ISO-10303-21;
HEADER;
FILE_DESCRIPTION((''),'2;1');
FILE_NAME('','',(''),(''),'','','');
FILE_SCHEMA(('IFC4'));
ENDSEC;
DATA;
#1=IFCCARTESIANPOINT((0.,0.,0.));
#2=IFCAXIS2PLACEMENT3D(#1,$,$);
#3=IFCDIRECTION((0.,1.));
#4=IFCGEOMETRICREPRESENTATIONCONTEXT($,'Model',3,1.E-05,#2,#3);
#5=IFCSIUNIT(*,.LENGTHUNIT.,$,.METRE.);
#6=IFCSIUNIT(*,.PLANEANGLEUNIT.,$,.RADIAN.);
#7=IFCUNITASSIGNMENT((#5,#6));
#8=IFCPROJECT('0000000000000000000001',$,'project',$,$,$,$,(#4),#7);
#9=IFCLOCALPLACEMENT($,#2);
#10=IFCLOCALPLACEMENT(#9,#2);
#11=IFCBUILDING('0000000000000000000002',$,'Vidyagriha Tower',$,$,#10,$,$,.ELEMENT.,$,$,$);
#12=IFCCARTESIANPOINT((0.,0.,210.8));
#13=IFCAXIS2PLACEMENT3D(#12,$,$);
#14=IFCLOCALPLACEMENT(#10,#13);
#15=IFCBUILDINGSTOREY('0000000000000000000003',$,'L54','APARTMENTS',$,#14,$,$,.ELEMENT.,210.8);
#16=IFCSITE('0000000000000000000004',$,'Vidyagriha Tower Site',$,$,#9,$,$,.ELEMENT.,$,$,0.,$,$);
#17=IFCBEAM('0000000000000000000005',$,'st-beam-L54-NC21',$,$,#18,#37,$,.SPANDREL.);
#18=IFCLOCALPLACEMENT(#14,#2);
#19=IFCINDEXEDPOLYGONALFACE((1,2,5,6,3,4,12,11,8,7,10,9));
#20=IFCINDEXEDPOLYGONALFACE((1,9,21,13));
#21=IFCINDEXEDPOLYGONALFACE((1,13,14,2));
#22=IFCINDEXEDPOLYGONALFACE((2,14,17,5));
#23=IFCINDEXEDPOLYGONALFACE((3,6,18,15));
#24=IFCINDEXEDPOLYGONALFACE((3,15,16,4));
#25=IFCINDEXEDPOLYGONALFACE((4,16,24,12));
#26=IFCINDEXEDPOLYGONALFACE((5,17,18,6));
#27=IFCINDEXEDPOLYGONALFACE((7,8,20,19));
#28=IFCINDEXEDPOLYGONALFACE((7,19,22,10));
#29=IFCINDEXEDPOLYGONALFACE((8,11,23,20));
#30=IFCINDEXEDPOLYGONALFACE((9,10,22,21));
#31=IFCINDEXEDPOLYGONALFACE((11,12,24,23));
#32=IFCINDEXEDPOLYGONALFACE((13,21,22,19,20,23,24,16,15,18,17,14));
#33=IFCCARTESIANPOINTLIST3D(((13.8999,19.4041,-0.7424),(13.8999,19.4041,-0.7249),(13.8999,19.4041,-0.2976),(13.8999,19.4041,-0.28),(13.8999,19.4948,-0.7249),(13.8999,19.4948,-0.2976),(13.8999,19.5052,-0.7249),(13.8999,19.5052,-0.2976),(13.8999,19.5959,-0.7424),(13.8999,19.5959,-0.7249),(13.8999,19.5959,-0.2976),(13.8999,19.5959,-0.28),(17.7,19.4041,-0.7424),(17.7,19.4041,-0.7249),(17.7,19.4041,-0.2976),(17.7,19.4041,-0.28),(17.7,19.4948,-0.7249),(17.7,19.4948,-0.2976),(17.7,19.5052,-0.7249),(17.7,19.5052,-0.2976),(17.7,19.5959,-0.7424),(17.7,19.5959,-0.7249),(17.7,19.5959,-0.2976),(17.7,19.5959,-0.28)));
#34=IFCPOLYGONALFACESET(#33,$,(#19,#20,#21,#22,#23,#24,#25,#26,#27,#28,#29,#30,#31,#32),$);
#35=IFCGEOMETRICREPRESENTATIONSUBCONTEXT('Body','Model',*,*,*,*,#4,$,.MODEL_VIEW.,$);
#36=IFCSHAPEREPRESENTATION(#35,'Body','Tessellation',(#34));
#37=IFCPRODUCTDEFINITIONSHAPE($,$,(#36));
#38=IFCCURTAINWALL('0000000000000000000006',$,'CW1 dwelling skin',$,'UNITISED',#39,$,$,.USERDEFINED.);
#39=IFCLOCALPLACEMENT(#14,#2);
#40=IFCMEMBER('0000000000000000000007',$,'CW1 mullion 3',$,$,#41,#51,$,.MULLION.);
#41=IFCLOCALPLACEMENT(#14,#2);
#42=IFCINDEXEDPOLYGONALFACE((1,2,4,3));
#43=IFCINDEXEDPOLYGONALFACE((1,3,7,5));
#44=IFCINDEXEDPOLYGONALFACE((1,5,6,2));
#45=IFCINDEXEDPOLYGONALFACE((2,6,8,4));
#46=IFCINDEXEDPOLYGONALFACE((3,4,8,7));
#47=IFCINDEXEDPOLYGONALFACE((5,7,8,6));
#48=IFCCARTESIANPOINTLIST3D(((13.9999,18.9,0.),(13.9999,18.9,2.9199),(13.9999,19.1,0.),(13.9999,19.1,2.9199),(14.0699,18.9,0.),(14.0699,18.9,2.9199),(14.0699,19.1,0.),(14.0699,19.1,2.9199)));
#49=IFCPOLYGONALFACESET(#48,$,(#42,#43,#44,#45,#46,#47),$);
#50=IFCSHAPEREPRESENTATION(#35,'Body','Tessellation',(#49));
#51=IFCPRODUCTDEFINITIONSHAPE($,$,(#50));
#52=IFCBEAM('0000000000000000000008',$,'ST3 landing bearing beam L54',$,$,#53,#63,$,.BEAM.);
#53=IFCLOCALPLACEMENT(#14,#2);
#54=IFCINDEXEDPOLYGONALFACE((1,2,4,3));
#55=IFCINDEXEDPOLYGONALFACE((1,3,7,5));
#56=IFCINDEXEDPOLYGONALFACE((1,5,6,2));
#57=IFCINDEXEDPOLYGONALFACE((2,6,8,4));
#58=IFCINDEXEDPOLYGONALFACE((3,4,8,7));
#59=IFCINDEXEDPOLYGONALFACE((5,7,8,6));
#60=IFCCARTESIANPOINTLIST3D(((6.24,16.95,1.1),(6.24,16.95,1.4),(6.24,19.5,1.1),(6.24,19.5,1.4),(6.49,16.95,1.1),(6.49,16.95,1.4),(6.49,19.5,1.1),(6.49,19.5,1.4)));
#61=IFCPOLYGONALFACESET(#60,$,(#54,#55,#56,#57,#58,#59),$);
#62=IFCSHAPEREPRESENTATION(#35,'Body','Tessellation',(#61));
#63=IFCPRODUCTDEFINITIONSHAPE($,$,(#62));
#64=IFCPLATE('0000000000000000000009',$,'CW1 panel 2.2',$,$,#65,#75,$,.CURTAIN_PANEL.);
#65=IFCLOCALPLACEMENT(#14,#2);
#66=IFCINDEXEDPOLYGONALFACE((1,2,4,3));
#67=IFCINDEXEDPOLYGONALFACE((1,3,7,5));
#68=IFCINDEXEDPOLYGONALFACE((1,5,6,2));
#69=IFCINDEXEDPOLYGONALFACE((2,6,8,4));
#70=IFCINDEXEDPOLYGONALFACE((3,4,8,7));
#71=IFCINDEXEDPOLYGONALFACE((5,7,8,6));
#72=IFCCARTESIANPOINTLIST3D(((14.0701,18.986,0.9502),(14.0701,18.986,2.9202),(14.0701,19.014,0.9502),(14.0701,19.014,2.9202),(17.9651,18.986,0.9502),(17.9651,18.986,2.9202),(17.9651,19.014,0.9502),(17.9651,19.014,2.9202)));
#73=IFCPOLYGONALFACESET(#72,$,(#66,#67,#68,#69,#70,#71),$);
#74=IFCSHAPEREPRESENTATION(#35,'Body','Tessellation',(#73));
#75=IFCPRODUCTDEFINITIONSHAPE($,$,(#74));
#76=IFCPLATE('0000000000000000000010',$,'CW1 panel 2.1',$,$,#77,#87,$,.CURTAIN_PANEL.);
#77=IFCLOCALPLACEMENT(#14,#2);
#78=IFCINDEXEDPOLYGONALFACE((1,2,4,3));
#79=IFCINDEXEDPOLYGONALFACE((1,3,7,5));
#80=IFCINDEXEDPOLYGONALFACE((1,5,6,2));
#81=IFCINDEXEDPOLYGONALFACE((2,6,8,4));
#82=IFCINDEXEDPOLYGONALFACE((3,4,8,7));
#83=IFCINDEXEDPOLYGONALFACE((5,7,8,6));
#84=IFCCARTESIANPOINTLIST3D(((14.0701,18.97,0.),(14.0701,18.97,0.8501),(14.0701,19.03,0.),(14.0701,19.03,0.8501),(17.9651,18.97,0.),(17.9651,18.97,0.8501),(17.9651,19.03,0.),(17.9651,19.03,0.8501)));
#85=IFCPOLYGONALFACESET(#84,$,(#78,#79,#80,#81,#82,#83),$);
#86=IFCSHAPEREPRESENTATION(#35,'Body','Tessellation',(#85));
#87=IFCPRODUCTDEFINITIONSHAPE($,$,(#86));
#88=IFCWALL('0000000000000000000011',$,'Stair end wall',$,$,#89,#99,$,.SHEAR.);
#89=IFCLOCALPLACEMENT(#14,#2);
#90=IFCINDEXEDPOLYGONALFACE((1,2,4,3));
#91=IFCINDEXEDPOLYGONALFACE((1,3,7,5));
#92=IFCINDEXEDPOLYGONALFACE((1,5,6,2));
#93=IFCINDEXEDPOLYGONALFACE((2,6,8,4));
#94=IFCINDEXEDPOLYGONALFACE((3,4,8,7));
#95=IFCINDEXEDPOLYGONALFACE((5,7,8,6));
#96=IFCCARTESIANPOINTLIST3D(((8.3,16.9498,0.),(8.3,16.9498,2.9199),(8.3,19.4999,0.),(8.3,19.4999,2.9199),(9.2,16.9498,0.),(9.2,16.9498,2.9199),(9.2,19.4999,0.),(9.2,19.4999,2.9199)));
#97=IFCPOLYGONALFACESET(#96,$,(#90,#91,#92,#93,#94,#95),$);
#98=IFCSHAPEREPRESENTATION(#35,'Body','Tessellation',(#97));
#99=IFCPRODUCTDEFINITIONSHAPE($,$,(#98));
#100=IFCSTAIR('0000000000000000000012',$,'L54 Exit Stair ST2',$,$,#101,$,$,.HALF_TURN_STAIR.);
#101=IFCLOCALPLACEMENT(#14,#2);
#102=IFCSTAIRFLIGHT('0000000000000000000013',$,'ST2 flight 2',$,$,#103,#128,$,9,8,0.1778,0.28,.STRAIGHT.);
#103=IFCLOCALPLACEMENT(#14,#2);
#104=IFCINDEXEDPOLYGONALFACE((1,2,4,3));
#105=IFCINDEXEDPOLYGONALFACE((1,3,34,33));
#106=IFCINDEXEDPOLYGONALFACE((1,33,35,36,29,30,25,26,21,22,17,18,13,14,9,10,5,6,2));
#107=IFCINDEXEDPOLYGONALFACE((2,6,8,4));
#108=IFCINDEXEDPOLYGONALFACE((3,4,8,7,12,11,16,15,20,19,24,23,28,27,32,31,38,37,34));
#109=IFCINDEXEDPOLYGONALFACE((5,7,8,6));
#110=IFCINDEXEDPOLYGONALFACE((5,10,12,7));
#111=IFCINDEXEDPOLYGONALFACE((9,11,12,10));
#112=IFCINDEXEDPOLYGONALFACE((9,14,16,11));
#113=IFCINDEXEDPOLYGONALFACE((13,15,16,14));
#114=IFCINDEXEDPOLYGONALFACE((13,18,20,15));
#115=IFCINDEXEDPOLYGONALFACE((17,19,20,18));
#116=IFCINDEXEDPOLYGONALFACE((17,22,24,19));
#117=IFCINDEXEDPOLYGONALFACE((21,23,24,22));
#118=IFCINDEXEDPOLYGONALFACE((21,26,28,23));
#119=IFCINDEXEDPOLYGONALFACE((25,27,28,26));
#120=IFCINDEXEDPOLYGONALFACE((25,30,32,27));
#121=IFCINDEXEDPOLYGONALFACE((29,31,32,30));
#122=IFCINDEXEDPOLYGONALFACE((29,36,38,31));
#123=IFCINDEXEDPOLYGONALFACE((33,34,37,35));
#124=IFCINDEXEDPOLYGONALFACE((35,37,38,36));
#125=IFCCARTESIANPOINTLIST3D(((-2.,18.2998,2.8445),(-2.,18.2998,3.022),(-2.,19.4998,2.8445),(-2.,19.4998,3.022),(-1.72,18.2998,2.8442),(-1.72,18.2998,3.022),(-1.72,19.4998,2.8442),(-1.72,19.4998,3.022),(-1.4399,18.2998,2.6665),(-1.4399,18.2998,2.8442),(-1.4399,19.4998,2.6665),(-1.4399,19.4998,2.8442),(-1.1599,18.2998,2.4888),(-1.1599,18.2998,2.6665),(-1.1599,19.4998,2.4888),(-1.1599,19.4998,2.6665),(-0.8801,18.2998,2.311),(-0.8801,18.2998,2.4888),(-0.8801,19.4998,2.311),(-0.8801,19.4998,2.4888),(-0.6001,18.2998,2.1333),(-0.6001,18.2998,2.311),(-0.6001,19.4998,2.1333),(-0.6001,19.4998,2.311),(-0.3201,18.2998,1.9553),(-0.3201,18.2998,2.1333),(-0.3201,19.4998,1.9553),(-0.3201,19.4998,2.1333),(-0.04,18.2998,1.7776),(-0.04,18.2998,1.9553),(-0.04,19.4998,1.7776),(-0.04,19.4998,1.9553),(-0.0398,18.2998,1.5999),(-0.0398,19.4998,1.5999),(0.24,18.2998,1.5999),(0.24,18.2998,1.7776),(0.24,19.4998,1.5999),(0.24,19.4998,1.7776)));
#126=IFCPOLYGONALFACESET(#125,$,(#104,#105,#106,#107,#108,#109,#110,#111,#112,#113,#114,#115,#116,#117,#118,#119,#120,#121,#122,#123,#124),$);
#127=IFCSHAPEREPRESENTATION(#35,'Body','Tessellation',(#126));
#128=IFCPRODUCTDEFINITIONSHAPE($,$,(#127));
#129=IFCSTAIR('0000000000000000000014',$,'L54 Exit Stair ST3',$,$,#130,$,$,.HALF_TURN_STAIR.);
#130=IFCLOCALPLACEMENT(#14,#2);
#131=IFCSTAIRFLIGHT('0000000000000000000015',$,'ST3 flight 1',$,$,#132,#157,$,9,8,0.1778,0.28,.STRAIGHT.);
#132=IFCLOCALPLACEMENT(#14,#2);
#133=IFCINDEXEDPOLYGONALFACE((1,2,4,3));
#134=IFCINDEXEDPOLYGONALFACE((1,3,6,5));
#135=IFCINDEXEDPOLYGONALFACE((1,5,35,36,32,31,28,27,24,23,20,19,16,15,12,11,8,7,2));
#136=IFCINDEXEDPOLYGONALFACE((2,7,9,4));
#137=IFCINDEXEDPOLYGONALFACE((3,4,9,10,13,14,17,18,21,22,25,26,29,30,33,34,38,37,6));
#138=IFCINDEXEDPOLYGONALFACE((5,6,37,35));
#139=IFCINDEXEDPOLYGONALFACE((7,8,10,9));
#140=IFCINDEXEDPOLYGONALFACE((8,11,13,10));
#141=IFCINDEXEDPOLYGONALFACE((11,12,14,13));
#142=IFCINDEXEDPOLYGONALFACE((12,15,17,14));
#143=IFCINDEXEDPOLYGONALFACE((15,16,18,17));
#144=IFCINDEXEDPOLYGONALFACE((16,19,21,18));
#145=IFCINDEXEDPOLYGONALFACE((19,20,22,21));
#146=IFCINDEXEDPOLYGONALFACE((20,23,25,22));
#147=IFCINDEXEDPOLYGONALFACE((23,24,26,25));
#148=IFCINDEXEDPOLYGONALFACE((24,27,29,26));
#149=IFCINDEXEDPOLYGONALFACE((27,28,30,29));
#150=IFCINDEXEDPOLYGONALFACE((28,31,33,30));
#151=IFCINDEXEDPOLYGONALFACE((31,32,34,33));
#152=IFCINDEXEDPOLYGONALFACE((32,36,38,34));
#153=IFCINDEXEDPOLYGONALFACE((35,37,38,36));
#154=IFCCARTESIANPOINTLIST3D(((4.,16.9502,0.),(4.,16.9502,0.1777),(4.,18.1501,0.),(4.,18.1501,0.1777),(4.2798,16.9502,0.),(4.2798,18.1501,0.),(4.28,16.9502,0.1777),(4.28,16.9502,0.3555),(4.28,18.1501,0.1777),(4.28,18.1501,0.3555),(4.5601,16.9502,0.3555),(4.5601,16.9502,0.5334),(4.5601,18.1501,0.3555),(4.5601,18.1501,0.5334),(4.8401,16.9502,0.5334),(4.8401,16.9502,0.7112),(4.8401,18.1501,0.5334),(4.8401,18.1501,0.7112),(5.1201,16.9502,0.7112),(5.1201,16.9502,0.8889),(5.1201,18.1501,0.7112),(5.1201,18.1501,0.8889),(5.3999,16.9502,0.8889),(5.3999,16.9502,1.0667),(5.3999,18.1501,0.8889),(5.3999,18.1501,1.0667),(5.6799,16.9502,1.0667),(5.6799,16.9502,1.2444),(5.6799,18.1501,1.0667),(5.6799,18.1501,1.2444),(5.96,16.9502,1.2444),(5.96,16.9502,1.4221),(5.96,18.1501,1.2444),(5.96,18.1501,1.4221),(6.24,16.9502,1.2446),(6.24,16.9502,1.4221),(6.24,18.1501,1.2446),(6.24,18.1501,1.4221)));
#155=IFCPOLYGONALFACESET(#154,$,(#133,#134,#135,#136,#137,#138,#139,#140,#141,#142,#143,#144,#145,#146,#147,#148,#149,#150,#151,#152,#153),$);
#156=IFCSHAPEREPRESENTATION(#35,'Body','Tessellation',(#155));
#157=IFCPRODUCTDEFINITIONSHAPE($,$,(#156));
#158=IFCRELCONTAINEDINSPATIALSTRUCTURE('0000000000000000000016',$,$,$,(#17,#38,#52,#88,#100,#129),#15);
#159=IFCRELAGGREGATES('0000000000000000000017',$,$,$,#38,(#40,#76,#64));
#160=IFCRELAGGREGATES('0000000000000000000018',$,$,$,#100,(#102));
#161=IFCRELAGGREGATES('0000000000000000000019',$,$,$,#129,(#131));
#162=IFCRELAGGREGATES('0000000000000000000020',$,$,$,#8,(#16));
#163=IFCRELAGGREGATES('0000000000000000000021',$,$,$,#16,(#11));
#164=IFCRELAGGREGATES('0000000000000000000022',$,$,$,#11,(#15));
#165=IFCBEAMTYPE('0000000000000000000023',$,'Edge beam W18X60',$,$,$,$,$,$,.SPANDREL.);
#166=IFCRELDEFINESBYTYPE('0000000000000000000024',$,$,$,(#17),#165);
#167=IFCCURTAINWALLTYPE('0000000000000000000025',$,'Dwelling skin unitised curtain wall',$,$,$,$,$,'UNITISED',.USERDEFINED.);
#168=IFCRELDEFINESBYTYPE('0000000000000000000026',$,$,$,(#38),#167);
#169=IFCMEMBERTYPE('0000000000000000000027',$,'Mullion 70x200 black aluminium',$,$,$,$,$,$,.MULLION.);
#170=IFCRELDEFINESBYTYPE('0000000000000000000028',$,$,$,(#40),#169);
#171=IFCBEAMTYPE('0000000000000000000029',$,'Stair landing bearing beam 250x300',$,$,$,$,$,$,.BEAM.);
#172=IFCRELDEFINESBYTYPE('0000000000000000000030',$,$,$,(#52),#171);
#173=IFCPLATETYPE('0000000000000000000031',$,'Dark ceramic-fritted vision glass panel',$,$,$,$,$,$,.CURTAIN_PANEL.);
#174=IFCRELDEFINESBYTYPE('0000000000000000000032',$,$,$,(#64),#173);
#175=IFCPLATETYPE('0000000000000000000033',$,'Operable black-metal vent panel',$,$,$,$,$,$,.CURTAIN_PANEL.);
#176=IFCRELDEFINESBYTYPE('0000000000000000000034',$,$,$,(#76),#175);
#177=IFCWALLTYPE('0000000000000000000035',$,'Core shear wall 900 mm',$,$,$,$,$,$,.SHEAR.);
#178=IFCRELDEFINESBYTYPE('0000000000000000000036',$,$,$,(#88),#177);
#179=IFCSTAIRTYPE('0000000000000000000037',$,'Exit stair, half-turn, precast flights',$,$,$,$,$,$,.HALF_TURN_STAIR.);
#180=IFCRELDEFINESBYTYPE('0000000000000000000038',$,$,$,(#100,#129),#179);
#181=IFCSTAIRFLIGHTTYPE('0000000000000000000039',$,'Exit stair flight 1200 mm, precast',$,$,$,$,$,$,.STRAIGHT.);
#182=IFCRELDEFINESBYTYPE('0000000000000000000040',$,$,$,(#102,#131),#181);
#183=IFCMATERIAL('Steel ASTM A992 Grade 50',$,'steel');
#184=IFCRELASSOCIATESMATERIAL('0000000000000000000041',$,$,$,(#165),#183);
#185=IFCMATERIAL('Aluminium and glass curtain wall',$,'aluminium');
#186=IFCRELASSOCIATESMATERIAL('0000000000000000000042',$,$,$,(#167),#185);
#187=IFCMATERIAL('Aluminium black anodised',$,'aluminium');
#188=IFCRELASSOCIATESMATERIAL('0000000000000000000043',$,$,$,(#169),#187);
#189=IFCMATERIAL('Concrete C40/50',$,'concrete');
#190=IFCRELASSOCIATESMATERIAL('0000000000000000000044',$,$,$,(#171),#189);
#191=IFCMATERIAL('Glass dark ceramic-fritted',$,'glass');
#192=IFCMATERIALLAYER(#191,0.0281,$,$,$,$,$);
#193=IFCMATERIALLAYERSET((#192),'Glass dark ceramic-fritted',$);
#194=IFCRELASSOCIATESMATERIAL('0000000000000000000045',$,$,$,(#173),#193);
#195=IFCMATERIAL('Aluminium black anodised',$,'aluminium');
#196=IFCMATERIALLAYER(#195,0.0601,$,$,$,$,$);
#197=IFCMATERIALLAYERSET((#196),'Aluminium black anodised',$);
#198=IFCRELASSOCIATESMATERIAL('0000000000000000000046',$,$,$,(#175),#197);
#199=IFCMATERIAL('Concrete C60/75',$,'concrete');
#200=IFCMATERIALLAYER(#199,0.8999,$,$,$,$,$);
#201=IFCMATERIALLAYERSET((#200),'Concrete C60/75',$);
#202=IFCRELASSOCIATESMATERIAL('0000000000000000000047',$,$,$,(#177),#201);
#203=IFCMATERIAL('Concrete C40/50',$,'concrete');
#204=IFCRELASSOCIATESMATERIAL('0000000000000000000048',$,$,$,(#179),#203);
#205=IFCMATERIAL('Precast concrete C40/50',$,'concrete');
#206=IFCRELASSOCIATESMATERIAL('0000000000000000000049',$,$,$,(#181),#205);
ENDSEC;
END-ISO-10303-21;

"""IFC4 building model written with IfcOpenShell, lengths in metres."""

from ifc_helpers import new_model, si_unit, direction, frame, frame_2d, origin, origin_2d, place, context, subcontext, project, spatial, polyline, rectangle, i_section, outline, extrude, material, layer, layer_set, material_profile, profile_set, type_object, element, aggregate, save


model = new_model("IFC4")

# Units and contexts
model_context = context("Model", 3, precision=1e-05, world=origin(), true_north=direction((0.0, 1.0)))
body_context = subcontext(model_context, "Body", "Model", "MODEL_VIEW")
ifc_project = project(units=[si_unit("LENGTHUNIT", "METRE"), si_unit("PLANEANGLEUNIT", "RADIAN")], contexts=[model_context])

# Site, building, storey
site_placement = place(None, origin())
site = spatial("IfcSite", under=ifc_project, at=site_placement, Name="Vidyagriha Tower Site", CompositionType="ELEMENT", RefElevation=0.0)
building_placement = place(site_placement, origin())
building = spatial("IfcBuilding", under=site, at=building_placement, Name="Vidyagriha Tower", CompositionType="ELEMENT")
storey_placement = place(building_placement, frame((0.0, 0.0, 210.8)))
storey = spatial("IfcBuildingStorey", under=building, at=storey_placement, Name="L54", Description="APARTMENTS", CompositionType="ELEMENT", Elevation=210.8)

# Beam
ifc_material_1 = material(Name="Steel ASTM A992 Grade 50", Category="steel")
ifc_material_profile_1 = material_profile(ifc_material_1, i_section(OverallWidth=0.1919, OverallDepth=0.4624, WebThickness=0.0105, FlangeThickness=0.0176, at=origin_2d()), Name="W18X60")
ifc_profile_set_1 = profile_set([ifc_material_profile_1], Name="Steel ASTM A992 Grade 50")
beam_type_1 = type_object("IfcBeamType", Name="Edge beam W18X60", PredefinedType="SPANDREL", material=ifc_profile_set_1)
beam_1_placement = place(storey_placement, frame((13.8999, 19.5, -0.5112), z_axis=(1.0, 0.0, 0.0), x_axis=(0.0, 1.0, 0.0)))
element("IfcBeam", 1, at=beam_1_placement, inside=storey, type_object=beam_type_1, Name="st-beam-L54-NC21", PredefinedType="SPANDREL", context=body_context, shape_type="SweptSolid", body=[
    extrude(i_section(OverallWidth=0.1919, OverallDepth=0.4624, WebThickness=0.0105, FlangeThickness=0.0176, at=origin_2d()), origin(), (0.0, 0.0, 1.0), 3.8),
])

# Curtain wall, member
ifc_material_2 = material(Name="Aluminium and glass curtain wall", Category="aluminium")
curtain_wall_type = type_object("IfcCurtainWallType", Name="Dwelling skin unitised curtain wall", ElementType="UNITISED", PredefinedType="USERDEFINED", material=ifc_material_2)
curtain_wall_placement = place(storey_placement, origin())
curtain_wall = element("IfcCurtainWall", 2, at=curtain_wall_placement, inside=storey, type_object=curtain_wall_type, Name="CW1 dwelling skin", ObjectType="UNITISED", PredefinedType="USERDEFINED")
ifc_material_3 = material(Name="Aluminium black anodised", Category="aluminium")
ifc_material_profile_2 = material_profile(ifc_material_3, rectangle(XDim=0.2, YDim=0.0701, at=origin_2d()), Name="Mullion 70x200 black aluminium")
ifc_profile_set_2 = profile_set([ifc_material_profile_2], Name="Aluminium black anodised")
member_type = type_object("IfcMemberType", Name="Mullion 70x200 black aluminium", PredefinedType="MULLION", material=ifc_profile_set_2)
member_placement = place(storey_placement, frame((14.0349, 19.0, 0.0), z_axis=(0.0, 0.0, 1.0), x_axis=(0.0, -1.0, 0.0)))
member = element("IfcMember", 3, at=member_placement, type_object=member_type, Name="CW1 mullion 3", PredefinedType="MULLION", context=body_context, shape_type="SweptSolid", body=[
    extrude(rectangle(XDim=0.2, YDim=0.0701, at=origin_2d()), origin(), (0.0, 0.0, 1.0), 2.9199),
])

# Beam
ifc_material_4 = material(Name="Concrete C40/50", Category="concrete")
ifc_material_profile_3 = material_profile(ifc_material_4, rectangle(XDim=0.25, YDim=0.3, at=origin_2d()), Name="Stair landing bearing beam 250x300")
ifc_profile_set_3 = profile_set([ifc_material_profile_3], Name="Concrete C40/50")
beam_type_2 = type_object("IfcBeamType", Name="Stair landing bearing beam 250x300", PredefinedType="BEAM", material=ifc_profile_set_3)
beam_2_placement = place(storey_placement, frame((6.365, 16.95, 1.25), z_axis=(0.0, 1.0, 0.0), x_axis=(-1.0, 0.0, 0.0)))
element("IfcBeam", 4, at=beam_2_placement, inside=storey, type_object=beam_type_2, Name="ST3 landing bearing beam L54", PredefinedType="BEAM", context=body_context, shape_type="SweptSolid", body=[
    extrude(rectangle(XDim=0.25, YDim=0.3, at=origin_2d()), origin(), (0.0, 0.0, 1.0), 2.55),
])

# Plates
ifc_material_5 = material(Name="Glass dark ceramic-fritted", Category="glass")
ifc_layer_1 = layer(ifc_material_5, 0.0281)
ifc_layer_set_1 = layer_set([ifc_layer_1], Name="Glass dark ceramic-fritted")
plate_type_1 = type_object("IfcPlateType", Name="Dark ceramic-fritted vision glass panel", PredefinedType="CURTAIN_PANEL", material=ifc_layer_set_1)
plate_1_placement = place(storey_placement, frame((16.0176, 19.0, 0.9502), z_axis=(0.0, 0.0, 1.0), x_axis=(-1.0, 0.0, 0.0)))
plate_1 = element("IfcPlate", 5, at=plate_1_placement, type_object=plate_type_1, Name="CW1 panel 2.2", PredefinedType="CURTAIN_PANEL", context=body_context, shape_type="SweptSolid", body=[
    extrude(rectangle(XDim=3.895, YDim=0.0281, at=origin_2d()), origin(), (0.0, 0.0, 1.0), 1.97),
])
ifc_material_6 = material(Name="Aluminium black anodised", Category="aluminium")
ifc_layer_2 = layer(ifc_material_6, 0.0601)
ifc_layer_set_2 = layer_set([ifc_layer_2], Name="Aluminium black anodised")
plate_type_2 = type_object("IfcPlateType", Name="Operable black-metal vent panel", PredefinedType="CURTAIN_PANEL", material=ifc_layer_set_2)
plate_2_placement = place(storey_placement, frame((16.0176, 19.0, 0.0), z_axis=(0.0, 0.0, 1.0), x_axis=(-1.0, 0.0, 0.0)))
plate_2 = element("IfcPlate", 6, at=plate_2_placement, type_object=plate_type_2, Name="CW1 panel 2.1", PredefinedType="CURTAIN_PANEL", context=body_context, shape_type="SweptSolid", body=[
    extrude(rectangle(XDim=3.895, YDim=0.0601, at=origin_2d()), origin(), (0.0, 0.0, 1.0), 0.8501),
])
aggregate(curtain_wall, [member, plate_2, plate_1])

# Wall
ifc_material_7 = material(Name="Concrete C60/75", Category="concrete")
ifc_layer_3 = layer(ifc_material_7, 0.8999)
ifc_layer_set_3 = layer_set([ifc_layer_3], Name="Concrete C60/75")
wall_type = type_object("IfcWallType", Name="Core shear wall 900 mm", PredefinedType="SHEAR", material=ifc_layer_set_3)
wall_placement = place(storey_placement, frame((8.75, 16.95, 0.0), z_axis=(0.0, 0.0, 1.0), x_axis=(0.0, 1.0, 0.0)))
element("IfcWall", 7, at=wall_placement, inside=storey, type_object=wall_type, Name="Stair end wall", PredefinedType="SHEAR", context=body_context, shape_type="SweptSolid", body=[
    extrude(rectangle(XDim=2.55, YDim=0.8999, at=frame_2d((1.2749, 0.0))), origin(), (0.0, 0.0, 1.0), 2.9199),
])

# Stair, stair flight
ifc_material_8 = material(Name="Concrete C40/50", Category="concrete")
stair_type = type_object("IfcStairType", Name="Exit stair, half-turn, precast flights", PredefinedType="HALF_TURN_STAIR", material=ifc_material_8)
stair_1_placement = place(storey_placement, origin())
stair_1 = element("IfcStair", 8, at=stair_1_placement, inside=storey, type_object=stair_type, Name="L54 Exit Stair ST2", PredefinedType="HALF_TURN_STAIR")
ifc_material_9 = material(Name="Precast concrete C40/50", Category="concrete")
stair_flight_type = type_object("IfcStairFlightType", Name="Exit stair flight 1200 mm, precast", PredefinedType="STRAIGHT", material=ifc_material_9)
stair_flight_1_placement = place(storey_placement, frame((0.24, 18.8999, 1.5999), z_axis=(0.0, 0.0, 1.0), x_axis=(-1.0, 0.0, 0.0)))
stair_flight_1 = element("IfcStairFlight", 9, at=stair_flight_1_placement, type_object=stair_flight_type, Name="ST2 flight 2", NumberOfRisers=9, NumberOfTreads=8, PredefinedType="STRAIGHT", RiserHeight=0.1778, TreadLength=0.28, context=body_context, shape_type="SweptSolid", body=[
    extrude(outline(polyline([(0.0, 0.0), (0.0, 0.1777), (0.28, 0.1777), (0.28, 0.3555), (0.5601, 0.3555), (0.5601, 0.5334), (0.8401, 0.5334), (0.8401, 0.7112), (1.1201, 0.7112), (1.1201, 0.8889), (1.3999, 0.8889), (1.3999, 1.0667), (1.6799, 1.0667), (1.6799, 1.2444), (1.96, 1.2444), (1.96, 1.4221), (2.24, 1.4221), (2.24, 1.6001), (2.24, 1.2446), (0.2798, 0.0), (0.0, 0.0)])), frame((0.0, 0.6001, 0.0), z_axis=(0.0, -1.0, 0.0), x_axis=(1.0, 0.0, 0.0)), (0.0, 0.0, 1.0), 1.2),
])
aggregate(stair_1, [stair_flight_1])

# Stair, stair flight
stair_2_placement = place(storey_placement, origin())
stair_2 = element("IfcStair", 10, at=stair_2_placement, inside=storey, type_object=stair_type, Name="L54 Exit Stair ST3", PredefinedType="HALF_TURN_STAIR")
stair_flight_2_placement = place(storey_placement, frame((4.0, 17.55, 0.0)))
stair_flight_2 = element("IfcStairFlight", 11, at=stair_flight_2_placement, type_object=stair_flight_type, Name="ST3 flight 1", NumberOfRisers=9, NumberOfTreads=8, PredefinedType="STRAIGHT", RiserHeight=0.1778, TreadLength=0.28, context=body_context, shape_type="SweptSolid", body=[
    extrude(outline(polyline([(0.0, 0.0), (0.0, 0.1777), (0.28, 0.1777), (0.28, 0.3555), (0.5601, 0.3555), (0.5601, 0.5334), (0.8401, 0.5334), (0.8401, 0.7112), (1.1201, 0.7112), (1.1201, 0.8889), (1.3999, 0.8889), (1.3999, 1.0667), (1.6799, 1.0667), (1.6799, 1.2444), (1.96, 1.2444), (1.96, 1.4221), (2.24, 1.4221), (2.24, 1.6001), (2.24, 1.2446), (0.2798, 0.0), (0.0, 0.0)])), frame((0.0, 0.6001, 0.0), z_axis=(0.0, -1.0, 0.0), x_axis=(1.0, 0.0, 0.0)), (0.0, 0.0, 1.0), 1.2),
])
aggregate(stair_2, [stair_flight_2])

save(model, "model.ifc")
